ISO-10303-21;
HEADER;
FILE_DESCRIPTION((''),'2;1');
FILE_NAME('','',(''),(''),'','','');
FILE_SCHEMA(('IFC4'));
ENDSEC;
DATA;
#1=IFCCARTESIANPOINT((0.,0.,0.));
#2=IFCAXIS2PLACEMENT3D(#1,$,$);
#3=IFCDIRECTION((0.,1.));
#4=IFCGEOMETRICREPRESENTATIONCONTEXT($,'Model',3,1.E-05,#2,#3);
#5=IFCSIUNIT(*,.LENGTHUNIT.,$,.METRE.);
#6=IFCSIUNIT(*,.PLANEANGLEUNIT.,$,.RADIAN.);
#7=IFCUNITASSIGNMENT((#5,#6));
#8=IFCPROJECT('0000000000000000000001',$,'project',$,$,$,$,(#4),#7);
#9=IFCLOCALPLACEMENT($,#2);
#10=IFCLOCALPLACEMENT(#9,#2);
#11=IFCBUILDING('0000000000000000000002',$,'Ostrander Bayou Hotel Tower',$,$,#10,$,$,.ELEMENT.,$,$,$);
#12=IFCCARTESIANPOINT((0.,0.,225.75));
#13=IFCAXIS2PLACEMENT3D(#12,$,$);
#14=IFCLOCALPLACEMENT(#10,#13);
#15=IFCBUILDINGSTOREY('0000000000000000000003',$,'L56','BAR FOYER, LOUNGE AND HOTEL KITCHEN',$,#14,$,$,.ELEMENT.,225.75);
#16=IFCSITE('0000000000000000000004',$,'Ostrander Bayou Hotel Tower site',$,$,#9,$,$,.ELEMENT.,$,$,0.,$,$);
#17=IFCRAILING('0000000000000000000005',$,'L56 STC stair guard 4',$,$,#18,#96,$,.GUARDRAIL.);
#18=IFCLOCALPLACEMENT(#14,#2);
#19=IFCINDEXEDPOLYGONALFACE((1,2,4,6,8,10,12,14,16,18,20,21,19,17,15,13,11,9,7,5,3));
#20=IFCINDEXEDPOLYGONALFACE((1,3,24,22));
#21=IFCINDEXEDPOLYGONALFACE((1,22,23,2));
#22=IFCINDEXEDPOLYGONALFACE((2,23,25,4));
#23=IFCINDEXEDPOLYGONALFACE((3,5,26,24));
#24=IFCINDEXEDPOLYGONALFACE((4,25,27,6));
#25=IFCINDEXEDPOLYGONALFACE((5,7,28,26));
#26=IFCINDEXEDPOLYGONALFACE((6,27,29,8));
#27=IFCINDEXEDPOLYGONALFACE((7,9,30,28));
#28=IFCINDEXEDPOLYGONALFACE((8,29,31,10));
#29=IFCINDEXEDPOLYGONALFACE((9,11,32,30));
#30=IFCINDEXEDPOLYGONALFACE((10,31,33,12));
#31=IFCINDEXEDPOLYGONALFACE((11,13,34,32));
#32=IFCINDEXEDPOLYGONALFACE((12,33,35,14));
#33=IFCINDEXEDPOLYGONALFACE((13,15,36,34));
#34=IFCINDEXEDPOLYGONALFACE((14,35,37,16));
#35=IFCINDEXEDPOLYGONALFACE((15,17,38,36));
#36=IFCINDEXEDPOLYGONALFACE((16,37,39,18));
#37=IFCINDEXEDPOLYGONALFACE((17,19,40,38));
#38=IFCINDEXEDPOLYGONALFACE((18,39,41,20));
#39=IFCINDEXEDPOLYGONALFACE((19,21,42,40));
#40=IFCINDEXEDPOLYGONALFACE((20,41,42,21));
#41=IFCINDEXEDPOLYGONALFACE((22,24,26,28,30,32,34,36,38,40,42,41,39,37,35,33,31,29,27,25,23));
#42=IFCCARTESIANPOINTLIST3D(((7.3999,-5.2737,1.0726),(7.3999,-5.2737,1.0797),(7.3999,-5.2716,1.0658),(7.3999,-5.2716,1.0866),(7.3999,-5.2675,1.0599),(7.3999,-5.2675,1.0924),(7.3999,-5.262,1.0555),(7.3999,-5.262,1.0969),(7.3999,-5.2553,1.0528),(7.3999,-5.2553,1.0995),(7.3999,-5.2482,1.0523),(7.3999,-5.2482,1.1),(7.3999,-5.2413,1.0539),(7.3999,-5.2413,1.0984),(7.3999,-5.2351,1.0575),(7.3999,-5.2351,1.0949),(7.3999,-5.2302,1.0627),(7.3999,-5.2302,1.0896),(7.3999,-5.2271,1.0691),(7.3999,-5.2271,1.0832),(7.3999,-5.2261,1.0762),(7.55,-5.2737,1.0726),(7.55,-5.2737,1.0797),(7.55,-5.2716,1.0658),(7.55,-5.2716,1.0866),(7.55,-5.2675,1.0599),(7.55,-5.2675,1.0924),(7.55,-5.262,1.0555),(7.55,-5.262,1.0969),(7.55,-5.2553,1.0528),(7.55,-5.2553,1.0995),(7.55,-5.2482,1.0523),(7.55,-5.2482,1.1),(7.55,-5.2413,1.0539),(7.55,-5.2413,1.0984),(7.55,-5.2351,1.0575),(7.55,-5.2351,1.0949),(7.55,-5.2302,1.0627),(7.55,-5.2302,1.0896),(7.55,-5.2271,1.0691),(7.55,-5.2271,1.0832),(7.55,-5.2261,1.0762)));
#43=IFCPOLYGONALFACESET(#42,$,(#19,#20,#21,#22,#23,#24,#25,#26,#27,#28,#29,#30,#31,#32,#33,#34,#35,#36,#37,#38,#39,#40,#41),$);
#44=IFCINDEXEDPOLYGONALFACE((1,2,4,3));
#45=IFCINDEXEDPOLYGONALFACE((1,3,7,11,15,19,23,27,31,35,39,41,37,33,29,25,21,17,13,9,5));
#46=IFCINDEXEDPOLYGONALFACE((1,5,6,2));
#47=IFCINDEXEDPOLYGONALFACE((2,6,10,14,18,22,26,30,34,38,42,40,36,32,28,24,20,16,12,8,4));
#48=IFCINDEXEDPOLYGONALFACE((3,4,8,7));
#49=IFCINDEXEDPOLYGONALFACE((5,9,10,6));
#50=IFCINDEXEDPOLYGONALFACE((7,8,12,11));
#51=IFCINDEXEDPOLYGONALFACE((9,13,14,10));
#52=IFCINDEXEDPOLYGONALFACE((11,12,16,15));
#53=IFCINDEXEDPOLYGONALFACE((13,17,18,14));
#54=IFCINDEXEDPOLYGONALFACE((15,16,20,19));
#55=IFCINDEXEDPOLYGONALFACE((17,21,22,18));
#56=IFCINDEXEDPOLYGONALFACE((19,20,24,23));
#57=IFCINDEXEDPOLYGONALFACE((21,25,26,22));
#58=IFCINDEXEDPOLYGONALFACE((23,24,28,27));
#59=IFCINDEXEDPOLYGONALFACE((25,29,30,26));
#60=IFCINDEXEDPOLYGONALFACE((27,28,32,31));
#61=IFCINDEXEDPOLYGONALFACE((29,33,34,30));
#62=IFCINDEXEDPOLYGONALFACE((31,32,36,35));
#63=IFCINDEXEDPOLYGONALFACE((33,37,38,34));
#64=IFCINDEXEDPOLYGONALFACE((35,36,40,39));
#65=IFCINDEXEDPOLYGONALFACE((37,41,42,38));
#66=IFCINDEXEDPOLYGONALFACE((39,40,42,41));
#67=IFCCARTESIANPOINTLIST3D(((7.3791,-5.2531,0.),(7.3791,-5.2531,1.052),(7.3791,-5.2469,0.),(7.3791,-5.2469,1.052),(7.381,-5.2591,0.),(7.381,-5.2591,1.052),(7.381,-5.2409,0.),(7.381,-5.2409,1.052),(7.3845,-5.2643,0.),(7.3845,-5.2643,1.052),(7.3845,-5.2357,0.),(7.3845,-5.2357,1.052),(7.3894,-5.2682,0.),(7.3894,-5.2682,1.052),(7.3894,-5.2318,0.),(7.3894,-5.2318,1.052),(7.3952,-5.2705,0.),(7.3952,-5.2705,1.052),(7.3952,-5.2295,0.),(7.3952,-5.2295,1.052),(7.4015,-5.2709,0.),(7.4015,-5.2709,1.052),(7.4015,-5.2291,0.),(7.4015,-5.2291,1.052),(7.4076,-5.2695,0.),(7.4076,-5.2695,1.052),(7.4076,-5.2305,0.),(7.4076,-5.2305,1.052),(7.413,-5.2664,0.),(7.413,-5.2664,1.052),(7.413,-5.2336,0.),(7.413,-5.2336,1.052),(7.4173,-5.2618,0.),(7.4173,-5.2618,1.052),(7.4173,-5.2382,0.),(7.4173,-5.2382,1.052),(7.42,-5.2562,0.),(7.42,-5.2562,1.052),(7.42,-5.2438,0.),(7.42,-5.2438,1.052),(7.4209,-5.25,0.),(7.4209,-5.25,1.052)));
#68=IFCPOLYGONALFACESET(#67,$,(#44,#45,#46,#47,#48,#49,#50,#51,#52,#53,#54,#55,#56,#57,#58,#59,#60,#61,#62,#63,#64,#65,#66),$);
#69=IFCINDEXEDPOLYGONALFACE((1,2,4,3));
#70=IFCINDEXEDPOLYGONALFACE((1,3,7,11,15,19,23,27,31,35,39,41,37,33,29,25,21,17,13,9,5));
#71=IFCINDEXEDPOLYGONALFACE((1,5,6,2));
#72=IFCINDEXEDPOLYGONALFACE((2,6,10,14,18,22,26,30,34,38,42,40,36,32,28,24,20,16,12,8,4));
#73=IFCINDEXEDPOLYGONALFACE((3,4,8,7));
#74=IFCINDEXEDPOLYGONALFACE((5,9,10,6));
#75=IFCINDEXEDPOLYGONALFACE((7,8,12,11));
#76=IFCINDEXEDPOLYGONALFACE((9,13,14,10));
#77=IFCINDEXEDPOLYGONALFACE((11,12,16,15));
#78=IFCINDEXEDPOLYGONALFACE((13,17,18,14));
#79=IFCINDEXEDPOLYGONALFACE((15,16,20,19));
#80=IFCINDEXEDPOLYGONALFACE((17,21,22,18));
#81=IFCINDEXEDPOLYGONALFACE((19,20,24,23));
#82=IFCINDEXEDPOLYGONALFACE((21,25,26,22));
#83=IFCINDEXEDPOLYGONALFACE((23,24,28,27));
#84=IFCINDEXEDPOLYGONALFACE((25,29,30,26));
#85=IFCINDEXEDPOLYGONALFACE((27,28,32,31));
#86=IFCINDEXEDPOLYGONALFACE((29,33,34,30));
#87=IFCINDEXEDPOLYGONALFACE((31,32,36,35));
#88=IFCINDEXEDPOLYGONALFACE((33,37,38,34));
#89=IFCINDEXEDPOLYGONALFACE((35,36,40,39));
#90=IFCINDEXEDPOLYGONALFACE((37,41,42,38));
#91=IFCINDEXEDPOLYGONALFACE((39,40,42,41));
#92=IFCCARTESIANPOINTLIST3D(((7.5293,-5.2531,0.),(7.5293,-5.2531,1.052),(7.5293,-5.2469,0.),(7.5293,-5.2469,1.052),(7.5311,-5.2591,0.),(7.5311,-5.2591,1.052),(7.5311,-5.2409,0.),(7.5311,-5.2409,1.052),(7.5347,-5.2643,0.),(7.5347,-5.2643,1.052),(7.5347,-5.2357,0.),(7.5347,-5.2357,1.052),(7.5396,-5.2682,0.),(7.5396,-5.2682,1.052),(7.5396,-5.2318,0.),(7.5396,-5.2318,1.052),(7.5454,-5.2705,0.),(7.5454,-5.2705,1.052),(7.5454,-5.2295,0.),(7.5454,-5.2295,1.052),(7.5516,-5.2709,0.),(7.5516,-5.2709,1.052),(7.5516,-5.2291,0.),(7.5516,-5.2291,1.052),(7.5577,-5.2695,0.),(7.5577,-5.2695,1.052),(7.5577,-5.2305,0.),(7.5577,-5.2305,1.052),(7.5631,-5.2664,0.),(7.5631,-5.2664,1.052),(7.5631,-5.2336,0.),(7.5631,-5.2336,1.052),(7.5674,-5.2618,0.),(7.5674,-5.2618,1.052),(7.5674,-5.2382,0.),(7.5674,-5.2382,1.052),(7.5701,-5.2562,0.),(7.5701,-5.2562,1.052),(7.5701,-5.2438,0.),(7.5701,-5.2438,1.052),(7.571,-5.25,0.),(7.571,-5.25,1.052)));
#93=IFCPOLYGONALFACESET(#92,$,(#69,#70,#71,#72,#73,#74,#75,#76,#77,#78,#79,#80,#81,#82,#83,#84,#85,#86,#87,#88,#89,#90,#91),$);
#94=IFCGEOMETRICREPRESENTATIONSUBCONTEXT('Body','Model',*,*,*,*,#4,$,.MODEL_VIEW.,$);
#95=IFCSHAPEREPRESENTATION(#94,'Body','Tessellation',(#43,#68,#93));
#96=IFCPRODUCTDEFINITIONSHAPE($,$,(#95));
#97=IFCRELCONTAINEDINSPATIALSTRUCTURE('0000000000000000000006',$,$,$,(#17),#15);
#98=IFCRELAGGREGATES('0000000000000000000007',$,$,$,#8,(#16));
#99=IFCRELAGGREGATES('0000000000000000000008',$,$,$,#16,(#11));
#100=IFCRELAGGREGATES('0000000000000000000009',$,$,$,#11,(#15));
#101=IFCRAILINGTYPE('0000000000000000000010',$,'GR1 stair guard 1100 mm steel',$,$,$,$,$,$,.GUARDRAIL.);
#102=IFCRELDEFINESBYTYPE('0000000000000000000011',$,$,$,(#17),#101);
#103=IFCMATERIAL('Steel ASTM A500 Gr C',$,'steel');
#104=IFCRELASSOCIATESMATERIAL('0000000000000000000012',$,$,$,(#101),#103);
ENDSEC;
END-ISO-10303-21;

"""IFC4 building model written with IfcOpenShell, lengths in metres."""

from ifc_helpers import new_model, si_unit, direction, frame, origin, origin_2d, place, context, subcontext, project, spatial, circle, extrude, material, type_object, element, save


model = new_model("IFC4")

# Units and contexts
model_context = context("Model", 3, precision=1e-05, world=origin(), true_north=direction((0.0, 1.0)))
body_context = subcontext(model_context, "Body", "Model", "MODEL_VIEW")
ifc_project = project(units=[si_unit("LENGTHUNIT", "METRE"), si_unit("PLANEANGLEUNIT", "RADIAN")], contexts=[model_context])

# Site, building, storey
site_placement = place(None, origin())
site = spatial("IfcSite", under=ifc_project, at=site_placement, Name="Ostrander Bayou Hotel Tower site", CompositionType="ELEMENT", RefElevation=0.0)
building_placement = place(site_placement, origin())
building = spatial("IfcBuilding", under=site, at=building_placement, Name="Ostrander Bayou Hotel Tower", CompositionType="ELEMENT")
storey_placement = place(building_placement, frame((0.0, 0.0, 225.75)))
storey = spatial("IfcBuildingStorey", under=building, at=storey_placement, Name="L56", Description="BAR FOYER, LOUNGE AND HOTEL KITCHEN", CompositionType="ELEMENT", Elevation=225.75)

# Railing
ifc_material_1 = material(Name="Steel ASTM A500 Gr C", Category="steel")
railing_type_1 = type_object("IfcRailingType", Name="GR1 stair guard 1100 mm steel", PredefinedType="GUARDRAIL", material=ifc_material_1)
railing_1_placement = place(storey_placement, frame((7.3999, -5.25, 0.0)))
element("IfcRailing", 1, at=railing_1_placement, inside=storey, type_object=railing_type_1, Name="L56 STC stair guard 4", PredefinedType="GUARDRAIL", context=body_context, shape_type="SweptSolid", body=[
    extrude(circle(Radius=0.0239, at=origin_2d()), frame((0.0, 0.0, 1.0762), z_axis=(1.0, 0.0, 0.0), x_axis=(0.0, 1.0, 0.0)), (0.0, 0.0, 1.0), 0.1501),
    extrude(circle(Radius=0.021, at=origin_2d()), origin(), (0.0, 0.0, 1.0), 1.052),
    extrude(circle(Radius=0.021, at=origin_2d()), frame((0.1501, 0.0, 0.0)), (0.0, 0.0, 1.0), 1.052),
])

save(model, "model.ifc")
